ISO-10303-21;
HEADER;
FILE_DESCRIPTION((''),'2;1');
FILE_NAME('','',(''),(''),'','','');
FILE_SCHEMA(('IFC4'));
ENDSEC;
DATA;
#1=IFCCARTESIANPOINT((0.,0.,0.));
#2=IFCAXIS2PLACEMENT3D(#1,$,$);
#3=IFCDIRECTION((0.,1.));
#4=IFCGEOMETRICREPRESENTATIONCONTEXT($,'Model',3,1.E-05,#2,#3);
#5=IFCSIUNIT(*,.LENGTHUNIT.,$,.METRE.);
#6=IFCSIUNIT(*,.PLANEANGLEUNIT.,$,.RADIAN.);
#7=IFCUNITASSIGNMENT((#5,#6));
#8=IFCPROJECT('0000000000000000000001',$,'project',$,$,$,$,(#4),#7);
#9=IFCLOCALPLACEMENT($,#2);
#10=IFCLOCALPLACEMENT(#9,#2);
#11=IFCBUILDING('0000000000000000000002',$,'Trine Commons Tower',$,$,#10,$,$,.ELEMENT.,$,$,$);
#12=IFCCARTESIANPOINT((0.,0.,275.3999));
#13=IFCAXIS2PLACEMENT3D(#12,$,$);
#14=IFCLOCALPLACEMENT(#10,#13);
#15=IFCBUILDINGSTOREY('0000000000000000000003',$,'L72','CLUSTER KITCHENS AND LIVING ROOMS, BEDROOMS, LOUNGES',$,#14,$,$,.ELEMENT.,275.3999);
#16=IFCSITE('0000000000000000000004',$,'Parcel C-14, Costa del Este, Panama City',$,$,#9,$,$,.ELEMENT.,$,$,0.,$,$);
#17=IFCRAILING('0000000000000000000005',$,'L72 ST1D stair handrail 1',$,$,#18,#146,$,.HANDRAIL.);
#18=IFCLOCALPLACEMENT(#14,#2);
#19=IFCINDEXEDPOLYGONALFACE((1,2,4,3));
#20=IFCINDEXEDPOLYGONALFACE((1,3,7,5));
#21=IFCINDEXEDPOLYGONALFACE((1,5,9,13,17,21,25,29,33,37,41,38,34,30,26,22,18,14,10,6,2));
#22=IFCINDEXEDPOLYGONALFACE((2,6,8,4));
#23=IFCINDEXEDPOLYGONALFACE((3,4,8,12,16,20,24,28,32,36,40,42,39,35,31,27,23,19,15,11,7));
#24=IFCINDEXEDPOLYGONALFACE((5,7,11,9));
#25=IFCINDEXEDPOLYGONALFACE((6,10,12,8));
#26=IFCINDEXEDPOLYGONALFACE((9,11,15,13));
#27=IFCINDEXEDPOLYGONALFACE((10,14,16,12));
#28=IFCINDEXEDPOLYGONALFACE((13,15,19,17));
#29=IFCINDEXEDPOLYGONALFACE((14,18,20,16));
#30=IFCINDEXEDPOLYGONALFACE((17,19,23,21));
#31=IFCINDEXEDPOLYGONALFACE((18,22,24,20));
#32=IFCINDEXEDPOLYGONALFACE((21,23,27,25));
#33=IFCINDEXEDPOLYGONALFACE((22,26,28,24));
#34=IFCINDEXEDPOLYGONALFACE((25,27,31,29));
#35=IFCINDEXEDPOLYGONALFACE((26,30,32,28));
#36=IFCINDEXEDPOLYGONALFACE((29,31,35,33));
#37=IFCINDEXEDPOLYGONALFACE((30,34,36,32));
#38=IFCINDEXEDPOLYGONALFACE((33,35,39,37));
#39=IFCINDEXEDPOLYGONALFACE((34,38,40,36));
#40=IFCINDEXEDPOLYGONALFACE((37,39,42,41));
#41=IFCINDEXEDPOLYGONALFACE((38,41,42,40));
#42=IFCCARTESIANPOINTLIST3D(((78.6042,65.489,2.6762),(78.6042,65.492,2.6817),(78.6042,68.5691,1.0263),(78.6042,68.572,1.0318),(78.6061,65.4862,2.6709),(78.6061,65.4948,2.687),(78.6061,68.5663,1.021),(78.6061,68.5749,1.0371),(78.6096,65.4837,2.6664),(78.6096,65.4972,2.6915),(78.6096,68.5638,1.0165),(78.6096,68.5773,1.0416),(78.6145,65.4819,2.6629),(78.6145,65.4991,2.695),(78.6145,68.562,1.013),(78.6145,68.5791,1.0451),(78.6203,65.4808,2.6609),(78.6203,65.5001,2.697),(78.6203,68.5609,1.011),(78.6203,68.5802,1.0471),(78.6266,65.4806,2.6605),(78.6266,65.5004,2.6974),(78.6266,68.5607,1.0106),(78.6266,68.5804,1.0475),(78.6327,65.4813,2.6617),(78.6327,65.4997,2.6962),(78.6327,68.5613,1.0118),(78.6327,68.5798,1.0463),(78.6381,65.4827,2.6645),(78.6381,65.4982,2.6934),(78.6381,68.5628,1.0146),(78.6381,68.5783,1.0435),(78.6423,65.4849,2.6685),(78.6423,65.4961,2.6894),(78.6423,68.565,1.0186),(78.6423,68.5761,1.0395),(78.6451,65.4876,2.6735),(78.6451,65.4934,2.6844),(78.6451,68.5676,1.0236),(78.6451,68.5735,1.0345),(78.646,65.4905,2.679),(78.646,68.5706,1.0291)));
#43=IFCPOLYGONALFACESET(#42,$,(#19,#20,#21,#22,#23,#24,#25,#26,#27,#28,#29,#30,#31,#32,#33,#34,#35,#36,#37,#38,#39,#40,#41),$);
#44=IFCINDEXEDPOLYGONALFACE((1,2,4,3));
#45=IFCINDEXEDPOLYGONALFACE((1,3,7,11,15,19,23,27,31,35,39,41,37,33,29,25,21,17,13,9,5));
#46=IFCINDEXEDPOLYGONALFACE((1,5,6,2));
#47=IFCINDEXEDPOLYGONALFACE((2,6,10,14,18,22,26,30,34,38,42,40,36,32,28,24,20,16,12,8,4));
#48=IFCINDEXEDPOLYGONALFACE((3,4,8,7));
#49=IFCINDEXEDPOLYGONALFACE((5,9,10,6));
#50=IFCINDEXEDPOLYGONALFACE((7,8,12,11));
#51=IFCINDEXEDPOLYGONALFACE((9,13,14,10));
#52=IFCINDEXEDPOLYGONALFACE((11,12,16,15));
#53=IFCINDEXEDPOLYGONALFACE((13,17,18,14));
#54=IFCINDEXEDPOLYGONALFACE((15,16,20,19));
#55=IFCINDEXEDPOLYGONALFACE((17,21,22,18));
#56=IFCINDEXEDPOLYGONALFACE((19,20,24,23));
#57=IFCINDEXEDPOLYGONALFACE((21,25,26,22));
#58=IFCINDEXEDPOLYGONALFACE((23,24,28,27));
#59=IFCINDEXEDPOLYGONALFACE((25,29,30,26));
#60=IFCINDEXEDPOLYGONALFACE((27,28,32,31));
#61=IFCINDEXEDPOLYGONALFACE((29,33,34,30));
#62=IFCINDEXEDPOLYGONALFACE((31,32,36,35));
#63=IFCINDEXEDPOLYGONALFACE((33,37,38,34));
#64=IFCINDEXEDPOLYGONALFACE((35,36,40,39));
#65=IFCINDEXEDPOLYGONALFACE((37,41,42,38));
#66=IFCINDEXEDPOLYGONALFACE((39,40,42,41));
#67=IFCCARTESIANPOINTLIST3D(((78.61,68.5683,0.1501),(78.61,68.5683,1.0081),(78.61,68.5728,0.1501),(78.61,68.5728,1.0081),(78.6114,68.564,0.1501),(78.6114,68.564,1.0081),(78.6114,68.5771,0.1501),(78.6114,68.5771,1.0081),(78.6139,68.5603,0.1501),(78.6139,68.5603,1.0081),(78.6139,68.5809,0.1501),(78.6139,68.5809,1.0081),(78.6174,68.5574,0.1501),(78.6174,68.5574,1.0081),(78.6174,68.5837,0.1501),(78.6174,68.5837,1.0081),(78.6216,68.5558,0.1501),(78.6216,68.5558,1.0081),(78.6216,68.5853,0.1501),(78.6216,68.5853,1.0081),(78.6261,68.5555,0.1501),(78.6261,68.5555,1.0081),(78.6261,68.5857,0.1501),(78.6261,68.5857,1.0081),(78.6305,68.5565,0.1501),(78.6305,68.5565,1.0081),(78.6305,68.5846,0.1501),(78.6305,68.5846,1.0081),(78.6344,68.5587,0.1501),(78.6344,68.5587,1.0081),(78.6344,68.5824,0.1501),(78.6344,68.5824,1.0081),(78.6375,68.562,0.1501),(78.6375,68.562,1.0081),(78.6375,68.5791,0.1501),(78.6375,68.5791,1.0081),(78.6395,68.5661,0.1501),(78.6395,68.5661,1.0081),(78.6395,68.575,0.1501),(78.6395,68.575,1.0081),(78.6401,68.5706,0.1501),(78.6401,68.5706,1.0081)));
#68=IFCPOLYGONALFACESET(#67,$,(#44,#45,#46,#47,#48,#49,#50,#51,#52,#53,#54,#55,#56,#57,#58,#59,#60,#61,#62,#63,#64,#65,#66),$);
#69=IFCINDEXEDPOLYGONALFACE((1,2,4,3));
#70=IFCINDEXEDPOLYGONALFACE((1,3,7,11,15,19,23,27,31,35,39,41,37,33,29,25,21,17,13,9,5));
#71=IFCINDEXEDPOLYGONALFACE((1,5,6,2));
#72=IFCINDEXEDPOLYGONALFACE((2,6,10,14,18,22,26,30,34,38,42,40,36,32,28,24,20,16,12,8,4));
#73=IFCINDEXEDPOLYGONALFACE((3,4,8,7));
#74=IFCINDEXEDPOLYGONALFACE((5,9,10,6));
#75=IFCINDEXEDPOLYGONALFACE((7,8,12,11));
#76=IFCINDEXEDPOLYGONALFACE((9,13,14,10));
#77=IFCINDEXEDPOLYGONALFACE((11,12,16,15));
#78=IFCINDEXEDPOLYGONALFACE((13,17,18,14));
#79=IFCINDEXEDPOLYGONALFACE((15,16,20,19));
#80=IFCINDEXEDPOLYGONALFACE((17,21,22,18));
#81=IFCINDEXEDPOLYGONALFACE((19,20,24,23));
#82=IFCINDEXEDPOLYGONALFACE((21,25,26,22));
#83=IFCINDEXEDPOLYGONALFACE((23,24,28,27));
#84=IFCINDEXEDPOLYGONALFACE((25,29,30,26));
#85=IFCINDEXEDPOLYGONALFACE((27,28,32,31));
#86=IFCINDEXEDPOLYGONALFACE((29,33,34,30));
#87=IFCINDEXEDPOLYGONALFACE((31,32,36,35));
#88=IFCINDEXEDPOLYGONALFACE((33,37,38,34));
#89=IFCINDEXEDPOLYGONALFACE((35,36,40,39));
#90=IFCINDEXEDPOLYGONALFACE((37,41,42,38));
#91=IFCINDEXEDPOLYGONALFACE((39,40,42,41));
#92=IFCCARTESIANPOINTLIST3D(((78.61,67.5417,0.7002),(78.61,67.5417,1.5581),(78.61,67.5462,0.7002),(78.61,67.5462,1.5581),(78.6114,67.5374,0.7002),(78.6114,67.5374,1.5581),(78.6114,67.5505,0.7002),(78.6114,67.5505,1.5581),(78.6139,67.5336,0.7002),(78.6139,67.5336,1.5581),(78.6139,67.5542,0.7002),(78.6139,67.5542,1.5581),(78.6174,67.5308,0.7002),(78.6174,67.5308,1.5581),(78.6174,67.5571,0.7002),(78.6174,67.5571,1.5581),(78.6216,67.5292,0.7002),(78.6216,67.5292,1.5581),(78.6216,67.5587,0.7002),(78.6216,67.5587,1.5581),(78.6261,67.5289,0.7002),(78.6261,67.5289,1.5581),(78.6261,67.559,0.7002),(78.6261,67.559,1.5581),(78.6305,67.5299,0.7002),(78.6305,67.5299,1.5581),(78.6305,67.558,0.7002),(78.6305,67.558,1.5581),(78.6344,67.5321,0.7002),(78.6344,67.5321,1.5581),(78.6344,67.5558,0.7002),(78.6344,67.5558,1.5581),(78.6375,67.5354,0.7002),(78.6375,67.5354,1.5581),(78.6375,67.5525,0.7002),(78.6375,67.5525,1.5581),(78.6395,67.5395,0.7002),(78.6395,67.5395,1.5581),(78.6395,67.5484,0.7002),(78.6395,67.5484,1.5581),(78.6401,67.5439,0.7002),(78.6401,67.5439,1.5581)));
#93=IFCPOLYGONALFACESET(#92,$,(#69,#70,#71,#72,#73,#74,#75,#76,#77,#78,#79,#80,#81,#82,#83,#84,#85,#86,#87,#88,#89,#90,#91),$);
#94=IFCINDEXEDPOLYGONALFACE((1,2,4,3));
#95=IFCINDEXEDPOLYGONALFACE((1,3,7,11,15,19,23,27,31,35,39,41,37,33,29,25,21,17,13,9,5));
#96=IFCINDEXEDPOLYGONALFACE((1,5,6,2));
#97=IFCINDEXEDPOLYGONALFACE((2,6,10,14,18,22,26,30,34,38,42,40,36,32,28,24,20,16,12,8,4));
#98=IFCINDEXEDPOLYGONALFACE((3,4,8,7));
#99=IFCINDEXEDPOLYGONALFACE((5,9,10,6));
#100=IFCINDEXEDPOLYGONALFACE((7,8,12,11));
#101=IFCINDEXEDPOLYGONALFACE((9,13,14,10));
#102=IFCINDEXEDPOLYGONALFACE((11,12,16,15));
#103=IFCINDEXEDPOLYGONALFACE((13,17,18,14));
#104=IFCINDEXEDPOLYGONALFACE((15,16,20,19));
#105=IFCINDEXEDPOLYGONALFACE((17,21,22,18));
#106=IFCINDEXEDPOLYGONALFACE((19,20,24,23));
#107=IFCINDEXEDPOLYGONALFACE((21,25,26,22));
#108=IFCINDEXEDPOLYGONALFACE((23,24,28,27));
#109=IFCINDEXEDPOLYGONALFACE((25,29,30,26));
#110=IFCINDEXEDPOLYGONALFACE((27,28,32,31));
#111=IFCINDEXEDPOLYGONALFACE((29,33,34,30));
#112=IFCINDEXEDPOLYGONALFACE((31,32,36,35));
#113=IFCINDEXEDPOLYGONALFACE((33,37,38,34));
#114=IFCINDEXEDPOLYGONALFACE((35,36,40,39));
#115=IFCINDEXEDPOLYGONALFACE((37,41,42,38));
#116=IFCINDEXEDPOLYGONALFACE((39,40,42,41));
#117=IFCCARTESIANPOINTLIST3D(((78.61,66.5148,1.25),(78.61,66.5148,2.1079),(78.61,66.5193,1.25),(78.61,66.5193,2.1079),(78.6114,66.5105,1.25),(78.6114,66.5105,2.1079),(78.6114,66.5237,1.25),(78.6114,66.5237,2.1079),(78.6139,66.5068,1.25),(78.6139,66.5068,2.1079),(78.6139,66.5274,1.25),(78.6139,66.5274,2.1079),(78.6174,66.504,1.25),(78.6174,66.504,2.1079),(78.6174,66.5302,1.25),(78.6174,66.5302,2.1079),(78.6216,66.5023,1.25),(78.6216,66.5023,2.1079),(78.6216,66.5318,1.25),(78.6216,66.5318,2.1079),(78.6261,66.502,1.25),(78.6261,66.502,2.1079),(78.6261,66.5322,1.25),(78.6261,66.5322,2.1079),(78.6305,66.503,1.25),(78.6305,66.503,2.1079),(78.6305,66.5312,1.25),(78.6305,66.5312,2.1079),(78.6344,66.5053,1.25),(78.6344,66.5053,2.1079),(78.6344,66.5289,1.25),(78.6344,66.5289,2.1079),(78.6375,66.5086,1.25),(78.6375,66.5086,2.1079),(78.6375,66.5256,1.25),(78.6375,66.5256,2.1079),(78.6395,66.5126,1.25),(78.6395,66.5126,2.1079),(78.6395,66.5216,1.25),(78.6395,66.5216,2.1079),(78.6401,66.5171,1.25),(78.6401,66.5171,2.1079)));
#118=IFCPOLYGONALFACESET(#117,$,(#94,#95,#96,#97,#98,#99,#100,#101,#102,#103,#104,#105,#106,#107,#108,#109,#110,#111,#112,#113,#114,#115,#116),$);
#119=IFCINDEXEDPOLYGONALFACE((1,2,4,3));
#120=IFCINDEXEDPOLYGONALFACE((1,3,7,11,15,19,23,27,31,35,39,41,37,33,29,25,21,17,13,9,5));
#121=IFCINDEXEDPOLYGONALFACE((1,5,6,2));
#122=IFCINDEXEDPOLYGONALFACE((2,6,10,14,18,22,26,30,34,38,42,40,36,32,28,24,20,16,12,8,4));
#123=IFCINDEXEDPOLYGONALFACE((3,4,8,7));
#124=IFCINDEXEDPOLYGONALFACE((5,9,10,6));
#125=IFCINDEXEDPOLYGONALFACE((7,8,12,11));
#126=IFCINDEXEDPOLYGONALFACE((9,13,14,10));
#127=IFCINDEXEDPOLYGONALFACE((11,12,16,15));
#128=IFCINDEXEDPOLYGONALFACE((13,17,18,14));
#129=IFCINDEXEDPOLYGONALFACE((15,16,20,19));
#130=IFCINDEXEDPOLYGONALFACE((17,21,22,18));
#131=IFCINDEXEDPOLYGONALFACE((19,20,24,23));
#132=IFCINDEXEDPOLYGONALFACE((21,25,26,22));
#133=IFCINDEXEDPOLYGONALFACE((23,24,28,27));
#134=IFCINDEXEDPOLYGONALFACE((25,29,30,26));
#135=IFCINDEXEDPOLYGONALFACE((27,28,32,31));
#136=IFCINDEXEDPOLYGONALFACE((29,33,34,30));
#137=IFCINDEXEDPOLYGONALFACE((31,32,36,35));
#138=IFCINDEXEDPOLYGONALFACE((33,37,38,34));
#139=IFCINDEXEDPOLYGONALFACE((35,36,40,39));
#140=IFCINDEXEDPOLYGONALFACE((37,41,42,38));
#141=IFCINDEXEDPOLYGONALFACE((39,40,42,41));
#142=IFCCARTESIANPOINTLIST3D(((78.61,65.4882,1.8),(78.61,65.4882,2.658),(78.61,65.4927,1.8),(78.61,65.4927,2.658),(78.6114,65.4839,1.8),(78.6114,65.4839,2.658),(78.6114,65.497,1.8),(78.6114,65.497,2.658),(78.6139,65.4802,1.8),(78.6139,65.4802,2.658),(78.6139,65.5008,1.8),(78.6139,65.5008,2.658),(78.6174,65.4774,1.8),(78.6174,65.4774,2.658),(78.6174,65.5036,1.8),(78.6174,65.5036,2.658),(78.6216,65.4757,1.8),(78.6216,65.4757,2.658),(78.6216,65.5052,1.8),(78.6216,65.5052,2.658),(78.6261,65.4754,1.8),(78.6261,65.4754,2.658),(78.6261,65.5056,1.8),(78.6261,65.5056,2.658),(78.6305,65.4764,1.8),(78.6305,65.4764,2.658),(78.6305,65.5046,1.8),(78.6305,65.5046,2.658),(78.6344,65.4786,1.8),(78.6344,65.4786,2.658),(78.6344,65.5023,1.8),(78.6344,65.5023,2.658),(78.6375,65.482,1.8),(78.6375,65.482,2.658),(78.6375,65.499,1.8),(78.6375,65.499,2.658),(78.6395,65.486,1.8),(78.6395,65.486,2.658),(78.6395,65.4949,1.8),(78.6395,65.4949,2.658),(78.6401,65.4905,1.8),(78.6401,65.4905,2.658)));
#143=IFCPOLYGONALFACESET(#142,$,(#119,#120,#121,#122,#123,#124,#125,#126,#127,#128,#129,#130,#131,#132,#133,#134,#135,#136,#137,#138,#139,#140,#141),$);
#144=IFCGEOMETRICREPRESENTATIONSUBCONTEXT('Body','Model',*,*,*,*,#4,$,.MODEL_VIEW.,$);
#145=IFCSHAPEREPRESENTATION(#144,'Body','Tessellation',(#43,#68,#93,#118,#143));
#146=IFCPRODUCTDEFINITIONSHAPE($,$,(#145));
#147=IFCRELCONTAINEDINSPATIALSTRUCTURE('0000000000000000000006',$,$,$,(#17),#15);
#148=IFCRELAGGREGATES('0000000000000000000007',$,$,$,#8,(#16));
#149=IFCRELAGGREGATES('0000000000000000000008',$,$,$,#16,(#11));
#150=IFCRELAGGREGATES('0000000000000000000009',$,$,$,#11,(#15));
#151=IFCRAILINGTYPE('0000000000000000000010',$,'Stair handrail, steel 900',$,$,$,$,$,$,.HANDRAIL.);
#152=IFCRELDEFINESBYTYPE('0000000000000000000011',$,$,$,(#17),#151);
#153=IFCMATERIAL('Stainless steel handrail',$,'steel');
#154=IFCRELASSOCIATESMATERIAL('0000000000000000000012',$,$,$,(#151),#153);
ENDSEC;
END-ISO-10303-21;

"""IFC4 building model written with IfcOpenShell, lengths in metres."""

from ifc_helpers import new_model, si_unit, direction, frame, origin, origin_2d, place, context, subcontext, project, spatial, circle, extrude, material, type_object, element, save


model = new_model("IFC4")

# Units and contexts
model_context = context("Model", 3, precision=1e-05, world=origin(), true_north=direction((0.0, 1.0)))
body_context = subcontext(model_context, "Body", "Model", "MODEL_VIEW")
ifc_project = project(units=[si_unit("LENGTHUNIT", "METRE"), si_unit("PLANEANGLEUNIT", "RADIAN")], contexts=[model_context])

# Site, building, storey
site_placement = place(None, origin())
site = spatial("IfcSite", under=ifc_project, at=site_placement, Name="Parcel C-14, Costa del Este, Panama City", CompositionType="ELEMENT", RefElevation=0.0)
building_placement = place(site_placement, origin())
building = spatial("IfcBuilding", under=site, at=building_placement, Name="Trine Commons Tower", CompositionType="ELEMENT")
storey_placement = place(building_placement, frame((0.0, 0.0, 275.3999)))
storey = spatial("IfcBuildingStorey", under=building, at=storey_placement, Name="L72", Description="CLUSTER KITCHENS AND LIVING ROOMS, BEDROOMS, LOUNGES", CompositionType="ELEMENT", Elevation=275.3999)

# Railing
ifc_material_1 = material(Name="Stainless steel handrail", Category="steel")
railing_type_1 = type_object("IfcRailingType", Name="Stair handrail, steel 900", PredefinedType="HANDRAIL", material=ifc_material_1)
railing_1_placement = place(storey_placement, frame((78.625, 68.5706, 0.1501)))
element("IfcRailing", 1, at=railing_1_placement, inside=storey, type_object=railing_type_1, Name="L72 ST1D stair handrail 1", PredefinedType="HANDRAIL", context=body_context, shape_type="SweptSolid", body=[
    extrude(circle(Radius=0.021, at=origin_2d()), frame((0.0, 0.0, 0.8789), z_axis=(0.0, -0.881497, 0.47219), x_axis=(1.0, 0.0, 0.0)), (0.0, 0.0, 1.0), 3.4941),
    extrude(circle(Radius=0.0151, at=origin_2d()), origin(), (0.0, 0.0, 1.0), 0.8579),
    extrude(circle(Radius=0.0151, at=origin_2d()), frame((0.0, -1.0266, 0.55)), (0.0, 0.0, 1.0), 0.8579),
    extrude(circle(Radius=0.0151, at=origin_2d()), frame((0.0, -2.0535, 1.0999)), (0.0, 0.0, 1.0), 0.8579),
    extrude(circle(Radius=0.0151, at=origin_2d()), frame((0.0, -3.0801, 1.6499)), (0.0, 0.0, 1.0), 0.8579),
])

save(model, "model.ifc")
